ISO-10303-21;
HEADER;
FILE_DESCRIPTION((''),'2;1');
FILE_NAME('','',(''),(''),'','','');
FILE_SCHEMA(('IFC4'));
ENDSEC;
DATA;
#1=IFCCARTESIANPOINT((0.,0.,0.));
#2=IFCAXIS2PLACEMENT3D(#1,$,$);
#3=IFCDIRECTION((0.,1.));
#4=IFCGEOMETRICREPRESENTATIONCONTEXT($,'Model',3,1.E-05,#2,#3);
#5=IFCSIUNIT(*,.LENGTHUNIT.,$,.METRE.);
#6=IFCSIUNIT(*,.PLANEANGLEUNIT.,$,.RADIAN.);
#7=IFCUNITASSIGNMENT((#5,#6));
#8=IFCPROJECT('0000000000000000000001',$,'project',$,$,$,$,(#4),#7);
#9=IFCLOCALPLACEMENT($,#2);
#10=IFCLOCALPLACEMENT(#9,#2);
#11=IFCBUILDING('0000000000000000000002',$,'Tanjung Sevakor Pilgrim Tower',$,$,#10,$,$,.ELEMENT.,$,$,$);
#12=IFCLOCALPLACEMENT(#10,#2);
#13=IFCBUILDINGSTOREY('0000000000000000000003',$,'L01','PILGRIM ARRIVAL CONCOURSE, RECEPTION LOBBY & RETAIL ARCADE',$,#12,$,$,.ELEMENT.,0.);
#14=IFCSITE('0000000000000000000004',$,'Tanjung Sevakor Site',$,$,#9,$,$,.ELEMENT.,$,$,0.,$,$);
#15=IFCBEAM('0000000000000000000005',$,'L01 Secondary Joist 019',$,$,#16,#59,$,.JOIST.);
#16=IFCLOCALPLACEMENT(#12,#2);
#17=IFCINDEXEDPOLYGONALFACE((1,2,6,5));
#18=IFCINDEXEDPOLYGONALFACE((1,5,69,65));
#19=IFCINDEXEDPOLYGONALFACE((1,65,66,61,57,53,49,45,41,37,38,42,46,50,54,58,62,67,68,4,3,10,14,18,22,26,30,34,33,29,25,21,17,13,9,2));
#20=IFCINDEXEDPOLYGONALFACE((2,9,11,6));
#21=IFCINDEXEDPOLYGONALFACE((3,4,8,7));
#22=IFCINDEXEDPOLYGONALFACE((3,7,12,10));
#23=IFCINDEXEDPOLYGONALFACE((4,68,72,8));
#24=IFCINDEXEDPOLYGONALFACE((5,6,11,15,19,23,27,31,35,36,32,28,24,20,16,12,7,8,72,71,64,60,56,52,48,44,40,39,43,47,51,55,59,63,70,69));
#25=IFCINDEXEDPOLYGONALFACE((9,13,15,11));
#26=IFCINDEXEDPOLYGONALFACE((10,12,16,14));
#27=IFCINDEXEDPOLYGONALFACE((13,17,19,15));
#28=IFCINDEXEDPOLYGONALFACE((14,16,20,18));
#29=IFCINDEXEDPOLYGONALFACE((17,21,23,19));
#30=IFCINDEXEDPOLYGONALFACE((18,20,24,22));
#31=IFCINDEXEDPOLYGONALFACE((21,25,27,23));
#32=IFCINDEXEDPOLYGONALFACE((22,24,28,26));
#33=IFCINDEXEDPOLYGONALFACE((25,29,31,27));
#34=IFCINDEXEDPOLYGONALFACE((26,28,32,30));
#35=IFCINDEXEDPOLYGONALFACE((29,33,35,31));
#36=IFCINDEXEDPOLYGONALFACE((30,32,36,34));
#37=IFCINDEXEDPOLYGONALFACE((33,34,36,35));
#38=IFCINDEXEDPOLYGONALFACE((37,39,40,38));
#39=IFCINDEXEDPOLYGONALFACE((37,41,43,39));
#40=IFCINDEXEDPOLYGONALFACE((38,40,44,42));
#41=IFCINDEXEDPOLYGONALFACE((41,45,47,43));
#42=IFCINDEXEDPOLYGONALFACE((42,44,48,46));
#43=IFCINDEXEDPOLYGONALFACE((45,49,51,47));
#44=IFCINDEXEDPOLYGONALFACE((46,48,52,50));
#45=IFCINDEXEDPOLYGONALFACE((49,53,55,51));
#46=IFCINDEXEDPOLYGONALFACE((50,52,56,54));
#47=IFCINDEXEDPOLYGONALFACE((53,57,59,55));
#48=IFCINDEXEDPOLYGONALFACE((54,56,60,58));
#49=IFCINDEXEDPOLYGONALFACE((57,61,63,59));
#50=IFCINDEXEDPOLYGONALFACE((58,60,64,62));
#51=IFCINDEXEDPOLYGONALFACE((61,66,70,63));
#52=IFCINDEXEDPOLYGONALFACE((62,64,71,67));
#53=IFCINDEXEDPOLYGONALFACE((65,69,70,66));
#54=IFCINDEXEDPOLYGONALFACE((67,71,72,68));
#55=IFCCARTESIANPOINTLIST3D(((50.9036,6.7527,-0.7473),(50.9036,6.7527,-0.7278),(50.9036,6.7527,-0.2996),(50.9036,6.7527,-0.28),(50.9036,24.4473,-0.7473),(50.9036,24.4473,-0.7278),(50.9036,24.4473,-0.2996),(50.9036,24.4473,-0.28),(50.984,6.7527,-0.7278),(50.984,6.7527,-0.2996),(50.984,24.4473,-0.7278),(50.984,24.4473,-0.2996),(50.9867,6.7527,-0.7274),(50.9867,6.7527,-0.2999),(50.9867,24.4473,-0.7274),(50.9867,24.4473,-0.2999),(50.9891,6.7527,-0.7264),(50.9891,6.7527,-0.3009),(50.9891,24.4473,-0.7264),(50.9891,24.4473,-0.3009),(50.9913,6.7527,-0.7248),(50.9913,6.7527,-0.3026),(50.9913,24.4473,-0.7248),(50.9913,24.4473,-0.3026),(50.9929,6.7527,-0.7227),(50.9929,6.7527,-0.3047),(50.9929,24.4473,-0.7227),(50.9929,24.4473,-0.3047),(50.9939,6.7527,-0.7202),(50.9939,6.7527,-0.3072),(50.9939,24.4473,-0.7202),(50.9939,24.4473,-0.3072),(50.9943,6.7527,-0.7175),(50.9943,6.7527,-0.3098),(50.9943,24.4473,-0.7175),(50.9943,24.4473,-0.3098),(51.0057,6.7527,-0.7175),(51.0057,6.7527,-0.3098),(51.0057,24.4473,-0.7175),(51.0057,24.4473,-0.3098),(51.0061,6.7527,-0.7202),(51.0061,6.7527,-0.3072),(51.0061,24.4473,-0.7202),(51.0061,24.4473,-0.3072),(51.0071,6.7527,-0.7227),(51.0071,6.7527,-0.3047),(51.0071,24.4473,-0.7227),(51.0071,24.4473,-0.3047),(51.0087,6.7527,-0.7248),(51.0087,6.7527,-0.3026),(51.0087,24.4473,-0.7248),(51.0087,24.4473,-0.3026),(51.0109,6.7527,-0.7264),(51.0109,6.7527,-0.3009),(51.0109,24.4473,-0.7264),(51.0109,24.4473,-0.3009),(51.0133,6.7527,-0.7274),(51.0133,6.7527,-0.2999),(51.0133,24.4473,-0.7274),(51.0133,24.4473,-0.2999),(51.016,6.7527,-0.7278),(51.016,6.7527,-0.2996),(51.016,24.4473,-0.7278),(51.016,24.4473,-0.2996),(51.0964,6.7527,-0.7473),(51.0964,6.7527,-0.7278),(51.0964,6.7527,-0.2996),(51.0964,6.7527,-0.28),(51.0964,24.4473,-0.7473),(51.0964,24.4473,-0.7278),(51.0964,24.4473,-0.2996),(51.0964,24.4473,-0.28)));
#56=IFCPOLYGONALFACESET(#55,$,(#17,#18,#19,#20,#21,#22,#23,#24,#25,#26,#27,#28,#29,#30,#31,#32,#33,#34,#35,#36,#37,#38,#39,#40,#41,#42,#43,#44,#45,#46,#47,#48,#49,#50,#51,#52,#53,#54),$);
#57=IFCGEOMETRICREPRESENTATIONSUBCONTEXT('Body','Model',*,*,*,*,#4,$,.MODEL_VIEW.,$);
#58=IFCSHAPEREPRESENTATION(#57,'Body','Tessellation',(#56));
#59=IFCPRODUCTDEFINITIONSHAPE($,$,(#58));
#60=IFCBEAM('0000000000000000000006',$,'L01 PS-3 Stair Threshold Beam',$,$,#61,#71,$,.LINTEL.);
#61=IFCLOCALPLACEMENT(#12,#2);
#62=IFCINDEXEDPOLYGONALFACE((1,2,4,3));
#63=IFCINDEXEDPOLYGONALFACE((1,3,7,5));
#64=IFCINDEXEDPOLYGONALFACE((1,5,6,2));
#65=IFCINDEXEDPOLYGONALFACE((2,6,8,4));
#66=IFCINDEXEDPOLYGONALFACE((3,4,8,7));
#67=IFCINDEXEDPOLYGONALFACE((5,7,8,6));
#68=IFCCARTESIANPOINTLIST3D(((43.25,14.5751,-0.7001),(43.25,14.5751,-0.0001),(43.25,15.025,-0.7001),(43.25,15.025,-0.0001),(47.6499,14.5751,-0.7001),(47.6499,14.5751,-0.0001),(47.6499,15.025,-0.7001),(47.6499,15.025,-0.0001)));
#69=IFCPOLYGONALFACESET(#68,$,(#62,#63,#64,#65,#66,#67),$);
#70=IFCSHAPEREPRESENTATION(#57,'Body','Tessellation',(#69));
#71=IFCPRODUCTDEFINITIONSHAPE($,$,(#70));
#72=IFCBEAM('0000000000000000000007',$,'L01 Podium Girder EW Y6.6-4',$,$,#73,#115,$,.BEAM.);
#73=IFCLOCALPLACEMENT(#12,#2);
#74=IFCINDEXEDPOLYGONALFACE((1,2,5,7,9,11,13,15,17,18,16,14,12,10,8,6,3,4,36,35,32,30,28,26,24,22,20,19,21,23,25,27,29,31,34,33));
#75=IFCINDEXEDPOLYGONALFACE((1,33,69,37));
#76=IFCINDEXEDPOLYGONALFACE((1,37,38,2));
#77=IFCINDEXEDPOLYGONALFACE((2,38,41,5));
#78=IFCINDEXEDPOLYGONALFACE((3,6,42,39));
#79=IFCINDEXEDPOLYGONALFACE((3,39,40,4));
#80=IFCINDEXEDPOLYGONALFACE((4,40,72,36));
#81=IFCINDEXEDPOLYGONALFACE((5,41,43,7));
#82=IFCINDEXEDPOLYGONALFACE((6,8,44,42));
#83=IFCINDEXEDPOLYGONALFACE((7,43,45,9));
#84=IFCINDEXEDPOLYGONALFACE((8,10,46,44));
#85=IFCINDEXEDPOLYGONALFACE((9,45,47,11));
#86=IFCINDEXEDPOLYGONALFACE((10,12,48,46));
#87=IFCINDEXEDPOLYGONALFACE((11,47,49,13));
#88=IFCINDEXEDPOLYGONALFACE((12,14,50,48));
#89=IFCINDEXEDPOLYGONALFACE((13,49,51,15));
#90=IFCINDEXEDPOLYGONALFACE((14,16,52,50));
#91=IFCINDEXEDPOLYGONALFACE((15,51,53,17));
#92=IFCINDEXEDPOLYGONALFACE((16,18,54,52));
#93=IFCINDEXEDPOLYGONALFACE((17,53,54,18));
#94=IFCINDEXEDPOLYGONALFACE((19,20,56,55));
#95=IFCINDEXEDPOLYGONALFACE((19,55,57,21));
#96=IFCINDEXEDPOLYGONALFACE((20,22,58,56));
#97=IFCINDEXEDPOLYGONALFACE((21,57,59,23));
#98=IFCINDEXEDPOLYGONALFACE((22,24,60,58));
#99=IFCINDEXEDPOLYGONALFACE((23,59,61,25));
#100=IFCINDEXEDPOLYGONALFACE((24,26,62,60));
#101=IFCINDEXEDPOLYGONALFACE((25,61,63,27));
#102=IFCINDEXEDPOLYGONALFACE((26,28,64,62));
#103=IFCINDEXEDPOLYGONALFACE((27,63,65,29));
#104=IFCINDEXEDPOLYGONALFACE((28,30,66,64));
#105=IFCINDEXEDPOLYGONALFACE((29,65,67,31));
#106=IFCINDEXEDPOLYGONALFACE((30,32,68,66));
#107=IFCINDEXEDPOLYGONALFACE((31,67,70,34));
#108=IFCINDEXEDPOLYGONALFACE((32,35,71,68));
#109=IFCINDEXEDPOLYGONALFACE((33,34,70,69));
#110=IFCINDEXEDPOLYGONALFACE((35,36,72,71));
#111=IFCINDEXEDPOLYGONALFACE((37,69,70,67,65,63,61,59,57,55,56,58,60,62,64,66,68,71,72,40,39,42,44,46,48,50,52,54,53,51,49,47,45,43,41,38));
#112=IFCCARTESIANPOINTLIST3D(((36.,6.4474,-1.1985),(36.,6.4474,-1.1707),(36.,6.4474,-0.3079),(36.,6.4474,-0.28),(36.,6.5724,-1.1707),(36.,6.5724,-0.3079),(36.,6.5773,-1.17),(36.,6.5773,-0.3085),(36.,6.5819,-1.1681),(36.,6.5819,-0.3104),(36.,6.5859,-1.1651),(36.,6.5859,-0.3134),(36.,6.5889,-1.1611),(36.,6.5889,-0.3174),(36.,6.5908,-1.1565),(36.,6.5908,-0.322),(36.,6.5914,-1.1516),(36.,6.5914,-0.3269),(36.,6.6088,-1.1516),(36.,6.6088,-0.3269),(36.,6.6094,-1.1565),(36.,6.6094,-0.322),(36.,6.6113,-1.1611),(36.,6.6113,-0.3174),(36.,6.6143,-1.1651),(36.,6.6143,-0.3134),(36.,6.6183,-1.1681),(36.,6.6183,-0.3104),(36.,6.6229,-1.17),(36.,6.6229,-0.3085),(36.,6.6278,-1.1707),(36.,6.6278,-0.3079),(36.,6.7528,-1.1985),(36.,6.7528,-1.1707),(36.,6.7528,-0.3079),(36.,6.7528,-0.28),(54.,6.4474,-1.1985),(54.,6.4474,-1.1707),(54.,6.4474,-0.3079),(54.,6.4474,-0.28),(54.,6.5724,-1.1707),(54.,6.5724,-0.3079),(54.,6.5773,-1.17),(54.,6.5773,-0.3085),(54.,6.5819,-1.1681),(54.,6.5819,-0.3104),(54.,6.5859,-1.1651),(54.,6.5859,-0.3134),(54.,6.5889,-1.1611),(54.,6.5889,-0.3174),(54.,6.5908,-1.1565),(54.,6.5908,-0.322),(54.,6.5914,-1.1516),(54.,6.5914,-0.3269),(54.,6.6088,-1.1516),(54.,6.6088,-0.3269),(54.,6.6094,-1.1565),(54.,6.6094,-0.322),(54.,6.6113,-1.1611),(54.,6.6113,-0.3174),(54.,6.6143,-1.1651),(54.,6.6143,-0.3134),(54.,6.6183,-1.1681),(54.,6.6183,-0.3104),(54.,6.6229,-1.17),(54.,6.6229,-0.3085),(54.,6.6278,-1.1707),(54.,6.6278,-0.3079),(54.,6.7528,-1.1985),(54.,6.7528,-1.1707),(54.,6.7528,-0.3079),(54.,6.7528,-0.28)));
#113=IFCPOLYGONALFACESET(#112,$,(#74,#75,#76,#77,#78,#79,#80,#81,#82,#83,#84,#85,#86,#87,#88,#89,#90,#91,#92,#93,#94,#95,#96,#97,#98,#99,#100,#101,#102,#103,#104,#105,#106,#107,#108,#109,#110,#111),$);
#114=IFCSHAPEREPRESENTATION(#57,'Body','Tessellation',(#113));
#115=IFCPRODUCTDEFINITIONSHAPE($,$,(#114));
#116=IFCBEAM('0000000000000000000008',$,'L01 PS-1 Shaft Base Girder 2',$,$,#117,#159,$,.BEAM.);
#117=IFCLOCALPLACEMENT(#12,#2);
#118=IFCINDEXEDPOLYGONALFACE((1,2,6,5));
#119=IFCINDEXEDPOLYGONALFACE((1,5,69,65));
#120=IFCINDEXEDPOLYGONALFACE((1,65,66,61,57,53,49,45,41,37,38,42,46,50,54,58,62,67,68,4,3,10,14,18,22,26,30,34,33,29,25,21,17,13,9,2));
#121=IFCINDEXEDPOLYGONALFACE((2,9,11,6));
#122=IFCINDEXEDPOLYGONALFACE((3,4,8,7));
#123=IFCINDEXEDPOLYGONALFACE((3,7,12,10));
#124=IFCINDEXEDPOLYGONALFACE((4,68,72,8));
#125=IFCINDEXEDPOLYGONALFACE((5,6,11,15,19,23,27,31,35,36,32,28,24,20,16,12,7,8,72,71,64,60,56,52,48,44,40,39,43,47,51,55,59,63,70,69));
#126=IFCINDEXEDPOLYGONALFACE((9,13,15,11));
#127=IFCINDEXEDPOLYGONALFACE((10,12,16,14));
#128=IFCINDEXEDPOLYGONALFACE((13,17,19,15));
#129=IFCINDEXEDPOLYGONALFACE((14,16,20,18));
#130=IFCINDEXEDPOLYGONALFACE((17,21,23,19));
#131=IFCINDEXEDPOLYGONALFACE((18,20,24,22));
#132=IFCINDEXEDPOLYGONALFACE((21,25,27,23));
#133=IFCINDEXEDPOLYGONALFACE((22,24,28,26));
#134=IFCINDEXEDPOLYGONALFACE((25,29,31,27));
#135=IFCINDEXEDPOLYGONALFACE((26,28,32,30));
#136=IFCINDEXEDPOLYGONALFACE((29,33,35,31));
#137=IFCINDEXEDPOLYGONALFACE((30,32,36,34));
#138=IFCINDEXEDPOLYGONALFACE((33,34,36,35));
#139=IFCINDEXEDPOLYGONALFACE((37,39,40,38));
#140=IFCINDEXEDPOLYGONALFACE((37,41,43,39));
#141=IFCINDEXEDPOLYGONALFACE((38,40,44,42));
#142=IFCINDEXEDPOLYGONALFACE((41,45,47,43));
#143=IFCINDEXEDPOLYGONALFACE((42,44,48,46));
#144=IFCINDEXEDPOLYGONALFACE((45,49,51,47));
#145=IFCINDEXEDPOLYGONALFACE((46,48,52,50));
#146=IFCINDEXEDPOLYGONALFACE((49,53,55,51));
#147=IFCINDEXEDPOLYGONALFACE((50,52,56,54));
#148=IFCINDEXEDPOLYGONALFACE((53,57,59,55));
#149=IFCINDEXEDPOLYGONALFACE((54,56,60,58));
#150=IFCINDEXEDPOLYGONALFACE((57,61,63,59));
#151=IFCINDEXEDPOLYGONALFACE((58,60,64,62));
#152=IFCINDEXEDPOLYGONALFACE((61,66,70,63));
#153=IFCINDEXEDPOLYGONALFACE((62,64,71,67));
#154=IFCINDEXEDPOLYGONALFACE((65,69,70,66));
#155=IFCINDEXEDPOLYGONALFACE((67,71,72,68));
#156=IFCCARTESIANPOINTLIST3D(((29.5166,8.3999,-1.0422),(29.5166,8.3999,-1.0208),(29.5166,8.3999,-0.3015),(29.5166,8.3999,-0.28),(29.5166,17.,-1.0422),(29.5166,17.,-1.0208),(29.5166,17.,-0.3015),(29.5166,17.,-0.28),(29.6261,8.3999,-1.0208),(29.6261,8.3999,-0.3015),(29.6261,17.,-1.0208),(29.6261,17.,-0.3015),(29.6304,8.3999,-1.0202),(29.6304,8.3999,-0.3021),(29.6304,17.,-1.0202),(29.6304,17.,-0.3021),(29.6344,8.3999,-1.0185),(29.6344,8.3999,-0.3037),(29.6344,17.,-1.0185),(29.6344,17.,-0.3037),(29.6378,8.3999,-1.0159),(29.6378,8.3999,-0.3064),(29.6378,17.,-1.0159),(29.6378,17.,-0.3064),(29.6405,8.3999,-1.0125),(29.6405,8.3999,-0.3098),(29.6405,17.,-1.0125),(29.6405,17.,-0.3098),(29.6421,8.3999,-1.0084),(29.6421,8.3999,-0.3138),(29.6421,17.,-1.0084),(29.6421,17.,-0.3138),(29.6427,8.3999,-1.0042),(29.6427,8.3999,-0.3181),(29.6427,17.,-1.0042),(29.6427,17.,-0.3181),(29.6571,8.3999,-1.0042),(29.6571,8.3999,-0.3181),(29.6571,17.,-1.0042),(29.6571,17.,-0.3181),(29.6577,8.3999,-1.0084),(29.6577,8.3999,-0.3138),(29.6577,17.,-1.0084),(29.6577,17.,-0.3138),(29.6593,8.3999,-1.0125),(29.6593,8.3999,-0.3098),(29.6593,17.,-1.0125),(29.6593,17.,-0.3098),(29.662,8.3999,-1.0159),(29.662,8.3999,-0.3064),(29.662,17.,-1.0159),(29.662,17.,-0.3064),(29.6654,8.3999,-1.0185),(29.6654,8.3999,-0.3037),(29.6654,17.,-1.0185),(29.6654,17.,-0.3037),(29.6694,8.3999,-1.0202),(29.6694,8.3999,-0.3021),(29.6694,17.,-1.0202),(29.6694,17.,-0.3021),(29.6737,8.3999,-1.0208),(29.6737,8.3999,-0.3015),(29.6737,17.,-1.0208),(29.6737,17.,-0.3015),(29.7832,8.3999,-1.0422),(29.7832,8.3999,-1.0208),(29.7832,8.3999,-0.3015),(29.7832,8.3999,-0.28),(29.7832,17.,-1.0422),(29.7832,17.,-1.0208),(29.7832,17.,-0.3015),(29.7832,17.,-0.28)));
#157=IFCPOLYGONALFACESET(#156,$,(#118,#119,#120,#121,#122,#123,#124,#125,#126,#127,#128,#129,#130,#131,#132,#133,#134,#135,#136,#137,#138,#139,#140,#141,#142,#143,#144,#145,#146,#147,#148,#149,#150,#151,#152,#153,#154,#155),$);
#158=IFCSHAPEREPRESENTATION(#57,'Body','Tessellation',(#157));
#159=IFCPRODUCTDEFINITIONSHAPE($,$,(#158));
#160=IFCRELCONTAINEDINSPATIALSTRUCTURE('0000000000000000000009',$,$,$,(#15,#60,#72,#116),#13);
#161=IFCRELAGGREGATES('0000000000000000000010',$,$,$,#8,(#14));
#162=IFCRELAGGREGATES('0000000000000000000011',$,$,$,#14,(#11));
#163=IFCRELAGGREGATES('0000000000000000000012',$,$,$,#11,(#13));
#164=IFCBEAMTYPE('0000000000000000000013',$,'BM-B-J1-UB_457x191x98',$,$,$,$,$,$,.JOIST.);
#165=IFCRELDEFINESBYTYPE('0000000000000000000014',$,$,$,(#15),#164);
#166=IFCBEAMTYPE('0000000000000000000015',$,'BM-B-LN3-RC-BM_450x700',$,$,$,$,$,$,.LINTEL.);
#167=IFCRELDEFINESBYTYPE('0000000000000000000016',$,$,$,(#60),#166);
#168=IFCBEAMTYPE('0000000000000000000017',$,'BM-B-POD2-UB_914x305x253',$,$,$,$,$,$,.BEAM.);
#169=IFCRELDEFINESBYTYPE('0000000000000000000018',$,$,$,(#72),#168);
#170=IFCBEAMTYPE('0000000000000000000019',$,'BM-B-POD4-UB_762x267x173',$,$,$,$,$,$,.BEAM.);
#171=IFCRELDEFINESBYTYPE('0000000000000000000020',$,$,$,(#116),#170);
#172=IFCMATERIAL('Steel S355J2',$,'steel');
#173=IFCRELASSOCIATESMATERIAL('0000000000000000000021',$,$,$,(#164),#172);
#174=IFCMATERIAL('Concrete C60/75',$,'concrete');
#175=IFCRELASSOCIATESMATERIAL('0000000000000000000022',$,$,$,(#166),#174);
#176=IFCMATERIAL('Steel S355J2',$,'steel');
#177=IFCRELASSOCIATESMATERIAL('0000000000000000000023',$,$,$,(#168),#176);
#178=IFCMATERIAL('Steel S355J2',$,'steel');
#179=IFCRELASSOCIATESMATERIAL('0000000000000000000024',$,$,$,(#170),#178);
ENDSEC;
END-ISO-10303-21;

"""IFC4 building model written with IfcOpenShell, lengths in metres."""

from ifc_helpers import new_model, si_unit, direction, frame, origin, origin_2d, place, context, subcontext, project, spatial, rectangle, i_section, extrude, material, material_profile, profile_set, type_object, element, save


model = new_model("IFC4")

# Units and contexts
model_context = context("Model", 3, precision=1e-05, world=origin(), true_north=direction((0.0, 1.0)))
body_context = subcontext(model_context, "Body", "Model", "MODEL_VIEW")
ifc_project = project(units=[si_unit("LENGTHUNIT", "METRE"), si_unit("PLANEANGLEUNIT", "RADIAN")], contexts=[model_context])

# Site, building, storey
site_placement = place(None, origin())
site = spatial("IfcSite", under=ifc_project, at=site_placement, Name="Tanjung Sevakor Site", CompositionType="ELEMENT", RefElevation=0.0)
building_placement = place(site_placement, origin())
building = spatial("IfcBuilding", under=site, at=building_placement, Name="Tanjung Sevakor Pilgrim Tower", CompositionType="ELEMENT")
storey_placement = place(building_placement, origin())
storey = spatial("IfcBuildingStorey", under=building, at=storey_placement, Name="L01", Description="PILGRIM ARRIVAL CONCOURSE, RECEPTION LOBBY & RETAIL ARCADE", CompositionType="ELEMENT", Elevation=0.0)

# Beams
ifc_material_1 = material(Name="Steel S355J2", Category="steel")
ifc_material_profile_1 = material_profile(ifc_material_1, i_section(OverallWidth=0.1929, OverallDepth=0.4673, WebThickness=0.0115, FlangeThickness=0.0195, FilletRadius=0.0103, at=origin_2d()))
ifc_profile_set_1 = profile_set([ifc_material_profile_1], Name="Steel S355J2")
beam_type_1 = type_object("IfcBeamType", Name="BM-B-J1-UB_457x191x98", PredefinedType="JOIST", material=ifc_profile_set_1)
for number, where, z_axis, x_axis, name in (
    (1, (51.0, 6.7527, -0.5137), (0.0, 1.0, 0.0), (-1.0, 0.0, 0.0), "L01 Secondary Joist 019"),
):
    element("IfcBeam", number, at=place(storey_placement, frame(where, z_axis=z_axis, x_axis=x_axis)), inside=storey, type_object=beam_type_1, Name=name, PredefinedType="JOIST", context=body_context, shape_type="SweptSolid", body=[
        extrude(i_section(OverallWidth=0.1929, OverallDepth=0.4673, WebThickness=0.0115, FlangeThickness=0.0195, FilletRadius=0.0103, at=origin_2d()), origin(), (0.0, 0.0, 1.0), 17.6946),
    ])
ifc_material_2 = material(Name="Concrete C60/75", Category="concrete")
ifc_material_profile_2 = material_profile(ifc_material_2, rectangle(XDim=0.45, YDim=0.7, at=origin_2d()))
ifc_profile_set_2 = profile_set([ifc_material_profile_2], Name="Concrete C60/75")
beam_type_2 = type_object("IfcBeamType", Name="BM-B-LN3-RC-BM_450x700", PredefinedType="LINTEL", material=ifc_profile_set_2)
beam_1_placement = place(storey_placement, frame((43.25, 14.8, -0.3501), z_axis=(1.0, 0.0, 0.0), x_axis=(0.0, 1.0, 0.0)))
element("IfcBeam", 2, at=beam_1_placement, inside=storey, type_object=beam_type_2, Name="L01 PS-3 Stair Threshold Beam", PredefinedType="LINTEL", context=body_context, shape_type="SweptSolid", body=[
    extrude(rectangle(XDim=0.45, YDim=0.7, at=origin_2d()), origin(), (0.0, 0.0, 1.0), 4.3999),
])
ifc_material_3 = material(Name="Steel S355J2", Category="steel")
ifc_material_profile_3 = material_profile(ifc_material_3, i_section(OverallWidth=0.3054, OverallDepth=0.9185, WebThickness=0.0173, FlangeThickness=0.0278, FilletRadius=0.019, at=origin_2d()))
ifc_profile_set_3 = profile_set([ifc_material_profile_3], Name="Steel S355J2")
beam_type_3 = type_object("IfcBeamType", Name="BM-B-POD2-UB_914x305x253", PredefinedType="BEAM", material=ifc_profile_set_3)
beam_2_placement = place(storey_placement, frame((36.0, 6.6001, -0.7393), z_axis=(1.0, 0.0, 0.0), x_axis=(0.0, 1.0, 0.0)))
element("IfcBeam", 3, at=beam_2_placement, inside=storey, type_object=beam_type_3, Name="L01 Podium Girder EW Y6.6-4", PredefinedType="BEAM", context=body_context, shape_type="SweptSolid", body=[
    extrude(i_section(OverallWidth=0.3054, OverallDepth=0.9185, WebThickness=0.0173, FlangeThickness=0.0278, FilletRadius=0.019, at=origin_2d()), origin(), (0.0, 0.0, 1.0), 18.0),
])
ifc_material_4 = material(Name="Steel S355J2", Category="steel")
ifc_material_profile_4 = material_profile(ifc_material_4, i_section(OverallWidth=0.2666, OverallDepth=0.7622, WebThickness=0.0144, FlangeThickness=0.0215, FilletRadius=0.0166, at=origin_2d()))
ifc_profile_set_4 = profile_set([ifc_material_profile_4], Name="Steel S355J2")
beam_type_4 = type_object("IfcBeamType", Name="BM-B-POD4-UB_762x267x173", PredefinedType="BEAM", material=ifc_profile_set_4)
beam_3_placement = place(storey_placement, frame((29.6499, 8.3999, -0.6611), z_axis=(0.0, 1.0, 0.0), x_axis=(-1.0, 0.0, 0.0)))
element("IfcBeam", 4, at=beam_3_placement, inside=storey, type_object=beam_type_4, Name="L01 PS-1 Shaft Base Girder 2", PredefinedType="BEAM", context=body_context, shape_type="SweptSolid", body=[
    extrude(i_section(OverallWidth=0.2666, OverallDepth=0.7622, WebThickness=0.0144, FlangeThickness=0.0215, FilletRadius=0.0166, at=origin_2d()), origin(), (0.0, 0.0, 1.0), 8.6001),
])

save(model, "model.ifc")
